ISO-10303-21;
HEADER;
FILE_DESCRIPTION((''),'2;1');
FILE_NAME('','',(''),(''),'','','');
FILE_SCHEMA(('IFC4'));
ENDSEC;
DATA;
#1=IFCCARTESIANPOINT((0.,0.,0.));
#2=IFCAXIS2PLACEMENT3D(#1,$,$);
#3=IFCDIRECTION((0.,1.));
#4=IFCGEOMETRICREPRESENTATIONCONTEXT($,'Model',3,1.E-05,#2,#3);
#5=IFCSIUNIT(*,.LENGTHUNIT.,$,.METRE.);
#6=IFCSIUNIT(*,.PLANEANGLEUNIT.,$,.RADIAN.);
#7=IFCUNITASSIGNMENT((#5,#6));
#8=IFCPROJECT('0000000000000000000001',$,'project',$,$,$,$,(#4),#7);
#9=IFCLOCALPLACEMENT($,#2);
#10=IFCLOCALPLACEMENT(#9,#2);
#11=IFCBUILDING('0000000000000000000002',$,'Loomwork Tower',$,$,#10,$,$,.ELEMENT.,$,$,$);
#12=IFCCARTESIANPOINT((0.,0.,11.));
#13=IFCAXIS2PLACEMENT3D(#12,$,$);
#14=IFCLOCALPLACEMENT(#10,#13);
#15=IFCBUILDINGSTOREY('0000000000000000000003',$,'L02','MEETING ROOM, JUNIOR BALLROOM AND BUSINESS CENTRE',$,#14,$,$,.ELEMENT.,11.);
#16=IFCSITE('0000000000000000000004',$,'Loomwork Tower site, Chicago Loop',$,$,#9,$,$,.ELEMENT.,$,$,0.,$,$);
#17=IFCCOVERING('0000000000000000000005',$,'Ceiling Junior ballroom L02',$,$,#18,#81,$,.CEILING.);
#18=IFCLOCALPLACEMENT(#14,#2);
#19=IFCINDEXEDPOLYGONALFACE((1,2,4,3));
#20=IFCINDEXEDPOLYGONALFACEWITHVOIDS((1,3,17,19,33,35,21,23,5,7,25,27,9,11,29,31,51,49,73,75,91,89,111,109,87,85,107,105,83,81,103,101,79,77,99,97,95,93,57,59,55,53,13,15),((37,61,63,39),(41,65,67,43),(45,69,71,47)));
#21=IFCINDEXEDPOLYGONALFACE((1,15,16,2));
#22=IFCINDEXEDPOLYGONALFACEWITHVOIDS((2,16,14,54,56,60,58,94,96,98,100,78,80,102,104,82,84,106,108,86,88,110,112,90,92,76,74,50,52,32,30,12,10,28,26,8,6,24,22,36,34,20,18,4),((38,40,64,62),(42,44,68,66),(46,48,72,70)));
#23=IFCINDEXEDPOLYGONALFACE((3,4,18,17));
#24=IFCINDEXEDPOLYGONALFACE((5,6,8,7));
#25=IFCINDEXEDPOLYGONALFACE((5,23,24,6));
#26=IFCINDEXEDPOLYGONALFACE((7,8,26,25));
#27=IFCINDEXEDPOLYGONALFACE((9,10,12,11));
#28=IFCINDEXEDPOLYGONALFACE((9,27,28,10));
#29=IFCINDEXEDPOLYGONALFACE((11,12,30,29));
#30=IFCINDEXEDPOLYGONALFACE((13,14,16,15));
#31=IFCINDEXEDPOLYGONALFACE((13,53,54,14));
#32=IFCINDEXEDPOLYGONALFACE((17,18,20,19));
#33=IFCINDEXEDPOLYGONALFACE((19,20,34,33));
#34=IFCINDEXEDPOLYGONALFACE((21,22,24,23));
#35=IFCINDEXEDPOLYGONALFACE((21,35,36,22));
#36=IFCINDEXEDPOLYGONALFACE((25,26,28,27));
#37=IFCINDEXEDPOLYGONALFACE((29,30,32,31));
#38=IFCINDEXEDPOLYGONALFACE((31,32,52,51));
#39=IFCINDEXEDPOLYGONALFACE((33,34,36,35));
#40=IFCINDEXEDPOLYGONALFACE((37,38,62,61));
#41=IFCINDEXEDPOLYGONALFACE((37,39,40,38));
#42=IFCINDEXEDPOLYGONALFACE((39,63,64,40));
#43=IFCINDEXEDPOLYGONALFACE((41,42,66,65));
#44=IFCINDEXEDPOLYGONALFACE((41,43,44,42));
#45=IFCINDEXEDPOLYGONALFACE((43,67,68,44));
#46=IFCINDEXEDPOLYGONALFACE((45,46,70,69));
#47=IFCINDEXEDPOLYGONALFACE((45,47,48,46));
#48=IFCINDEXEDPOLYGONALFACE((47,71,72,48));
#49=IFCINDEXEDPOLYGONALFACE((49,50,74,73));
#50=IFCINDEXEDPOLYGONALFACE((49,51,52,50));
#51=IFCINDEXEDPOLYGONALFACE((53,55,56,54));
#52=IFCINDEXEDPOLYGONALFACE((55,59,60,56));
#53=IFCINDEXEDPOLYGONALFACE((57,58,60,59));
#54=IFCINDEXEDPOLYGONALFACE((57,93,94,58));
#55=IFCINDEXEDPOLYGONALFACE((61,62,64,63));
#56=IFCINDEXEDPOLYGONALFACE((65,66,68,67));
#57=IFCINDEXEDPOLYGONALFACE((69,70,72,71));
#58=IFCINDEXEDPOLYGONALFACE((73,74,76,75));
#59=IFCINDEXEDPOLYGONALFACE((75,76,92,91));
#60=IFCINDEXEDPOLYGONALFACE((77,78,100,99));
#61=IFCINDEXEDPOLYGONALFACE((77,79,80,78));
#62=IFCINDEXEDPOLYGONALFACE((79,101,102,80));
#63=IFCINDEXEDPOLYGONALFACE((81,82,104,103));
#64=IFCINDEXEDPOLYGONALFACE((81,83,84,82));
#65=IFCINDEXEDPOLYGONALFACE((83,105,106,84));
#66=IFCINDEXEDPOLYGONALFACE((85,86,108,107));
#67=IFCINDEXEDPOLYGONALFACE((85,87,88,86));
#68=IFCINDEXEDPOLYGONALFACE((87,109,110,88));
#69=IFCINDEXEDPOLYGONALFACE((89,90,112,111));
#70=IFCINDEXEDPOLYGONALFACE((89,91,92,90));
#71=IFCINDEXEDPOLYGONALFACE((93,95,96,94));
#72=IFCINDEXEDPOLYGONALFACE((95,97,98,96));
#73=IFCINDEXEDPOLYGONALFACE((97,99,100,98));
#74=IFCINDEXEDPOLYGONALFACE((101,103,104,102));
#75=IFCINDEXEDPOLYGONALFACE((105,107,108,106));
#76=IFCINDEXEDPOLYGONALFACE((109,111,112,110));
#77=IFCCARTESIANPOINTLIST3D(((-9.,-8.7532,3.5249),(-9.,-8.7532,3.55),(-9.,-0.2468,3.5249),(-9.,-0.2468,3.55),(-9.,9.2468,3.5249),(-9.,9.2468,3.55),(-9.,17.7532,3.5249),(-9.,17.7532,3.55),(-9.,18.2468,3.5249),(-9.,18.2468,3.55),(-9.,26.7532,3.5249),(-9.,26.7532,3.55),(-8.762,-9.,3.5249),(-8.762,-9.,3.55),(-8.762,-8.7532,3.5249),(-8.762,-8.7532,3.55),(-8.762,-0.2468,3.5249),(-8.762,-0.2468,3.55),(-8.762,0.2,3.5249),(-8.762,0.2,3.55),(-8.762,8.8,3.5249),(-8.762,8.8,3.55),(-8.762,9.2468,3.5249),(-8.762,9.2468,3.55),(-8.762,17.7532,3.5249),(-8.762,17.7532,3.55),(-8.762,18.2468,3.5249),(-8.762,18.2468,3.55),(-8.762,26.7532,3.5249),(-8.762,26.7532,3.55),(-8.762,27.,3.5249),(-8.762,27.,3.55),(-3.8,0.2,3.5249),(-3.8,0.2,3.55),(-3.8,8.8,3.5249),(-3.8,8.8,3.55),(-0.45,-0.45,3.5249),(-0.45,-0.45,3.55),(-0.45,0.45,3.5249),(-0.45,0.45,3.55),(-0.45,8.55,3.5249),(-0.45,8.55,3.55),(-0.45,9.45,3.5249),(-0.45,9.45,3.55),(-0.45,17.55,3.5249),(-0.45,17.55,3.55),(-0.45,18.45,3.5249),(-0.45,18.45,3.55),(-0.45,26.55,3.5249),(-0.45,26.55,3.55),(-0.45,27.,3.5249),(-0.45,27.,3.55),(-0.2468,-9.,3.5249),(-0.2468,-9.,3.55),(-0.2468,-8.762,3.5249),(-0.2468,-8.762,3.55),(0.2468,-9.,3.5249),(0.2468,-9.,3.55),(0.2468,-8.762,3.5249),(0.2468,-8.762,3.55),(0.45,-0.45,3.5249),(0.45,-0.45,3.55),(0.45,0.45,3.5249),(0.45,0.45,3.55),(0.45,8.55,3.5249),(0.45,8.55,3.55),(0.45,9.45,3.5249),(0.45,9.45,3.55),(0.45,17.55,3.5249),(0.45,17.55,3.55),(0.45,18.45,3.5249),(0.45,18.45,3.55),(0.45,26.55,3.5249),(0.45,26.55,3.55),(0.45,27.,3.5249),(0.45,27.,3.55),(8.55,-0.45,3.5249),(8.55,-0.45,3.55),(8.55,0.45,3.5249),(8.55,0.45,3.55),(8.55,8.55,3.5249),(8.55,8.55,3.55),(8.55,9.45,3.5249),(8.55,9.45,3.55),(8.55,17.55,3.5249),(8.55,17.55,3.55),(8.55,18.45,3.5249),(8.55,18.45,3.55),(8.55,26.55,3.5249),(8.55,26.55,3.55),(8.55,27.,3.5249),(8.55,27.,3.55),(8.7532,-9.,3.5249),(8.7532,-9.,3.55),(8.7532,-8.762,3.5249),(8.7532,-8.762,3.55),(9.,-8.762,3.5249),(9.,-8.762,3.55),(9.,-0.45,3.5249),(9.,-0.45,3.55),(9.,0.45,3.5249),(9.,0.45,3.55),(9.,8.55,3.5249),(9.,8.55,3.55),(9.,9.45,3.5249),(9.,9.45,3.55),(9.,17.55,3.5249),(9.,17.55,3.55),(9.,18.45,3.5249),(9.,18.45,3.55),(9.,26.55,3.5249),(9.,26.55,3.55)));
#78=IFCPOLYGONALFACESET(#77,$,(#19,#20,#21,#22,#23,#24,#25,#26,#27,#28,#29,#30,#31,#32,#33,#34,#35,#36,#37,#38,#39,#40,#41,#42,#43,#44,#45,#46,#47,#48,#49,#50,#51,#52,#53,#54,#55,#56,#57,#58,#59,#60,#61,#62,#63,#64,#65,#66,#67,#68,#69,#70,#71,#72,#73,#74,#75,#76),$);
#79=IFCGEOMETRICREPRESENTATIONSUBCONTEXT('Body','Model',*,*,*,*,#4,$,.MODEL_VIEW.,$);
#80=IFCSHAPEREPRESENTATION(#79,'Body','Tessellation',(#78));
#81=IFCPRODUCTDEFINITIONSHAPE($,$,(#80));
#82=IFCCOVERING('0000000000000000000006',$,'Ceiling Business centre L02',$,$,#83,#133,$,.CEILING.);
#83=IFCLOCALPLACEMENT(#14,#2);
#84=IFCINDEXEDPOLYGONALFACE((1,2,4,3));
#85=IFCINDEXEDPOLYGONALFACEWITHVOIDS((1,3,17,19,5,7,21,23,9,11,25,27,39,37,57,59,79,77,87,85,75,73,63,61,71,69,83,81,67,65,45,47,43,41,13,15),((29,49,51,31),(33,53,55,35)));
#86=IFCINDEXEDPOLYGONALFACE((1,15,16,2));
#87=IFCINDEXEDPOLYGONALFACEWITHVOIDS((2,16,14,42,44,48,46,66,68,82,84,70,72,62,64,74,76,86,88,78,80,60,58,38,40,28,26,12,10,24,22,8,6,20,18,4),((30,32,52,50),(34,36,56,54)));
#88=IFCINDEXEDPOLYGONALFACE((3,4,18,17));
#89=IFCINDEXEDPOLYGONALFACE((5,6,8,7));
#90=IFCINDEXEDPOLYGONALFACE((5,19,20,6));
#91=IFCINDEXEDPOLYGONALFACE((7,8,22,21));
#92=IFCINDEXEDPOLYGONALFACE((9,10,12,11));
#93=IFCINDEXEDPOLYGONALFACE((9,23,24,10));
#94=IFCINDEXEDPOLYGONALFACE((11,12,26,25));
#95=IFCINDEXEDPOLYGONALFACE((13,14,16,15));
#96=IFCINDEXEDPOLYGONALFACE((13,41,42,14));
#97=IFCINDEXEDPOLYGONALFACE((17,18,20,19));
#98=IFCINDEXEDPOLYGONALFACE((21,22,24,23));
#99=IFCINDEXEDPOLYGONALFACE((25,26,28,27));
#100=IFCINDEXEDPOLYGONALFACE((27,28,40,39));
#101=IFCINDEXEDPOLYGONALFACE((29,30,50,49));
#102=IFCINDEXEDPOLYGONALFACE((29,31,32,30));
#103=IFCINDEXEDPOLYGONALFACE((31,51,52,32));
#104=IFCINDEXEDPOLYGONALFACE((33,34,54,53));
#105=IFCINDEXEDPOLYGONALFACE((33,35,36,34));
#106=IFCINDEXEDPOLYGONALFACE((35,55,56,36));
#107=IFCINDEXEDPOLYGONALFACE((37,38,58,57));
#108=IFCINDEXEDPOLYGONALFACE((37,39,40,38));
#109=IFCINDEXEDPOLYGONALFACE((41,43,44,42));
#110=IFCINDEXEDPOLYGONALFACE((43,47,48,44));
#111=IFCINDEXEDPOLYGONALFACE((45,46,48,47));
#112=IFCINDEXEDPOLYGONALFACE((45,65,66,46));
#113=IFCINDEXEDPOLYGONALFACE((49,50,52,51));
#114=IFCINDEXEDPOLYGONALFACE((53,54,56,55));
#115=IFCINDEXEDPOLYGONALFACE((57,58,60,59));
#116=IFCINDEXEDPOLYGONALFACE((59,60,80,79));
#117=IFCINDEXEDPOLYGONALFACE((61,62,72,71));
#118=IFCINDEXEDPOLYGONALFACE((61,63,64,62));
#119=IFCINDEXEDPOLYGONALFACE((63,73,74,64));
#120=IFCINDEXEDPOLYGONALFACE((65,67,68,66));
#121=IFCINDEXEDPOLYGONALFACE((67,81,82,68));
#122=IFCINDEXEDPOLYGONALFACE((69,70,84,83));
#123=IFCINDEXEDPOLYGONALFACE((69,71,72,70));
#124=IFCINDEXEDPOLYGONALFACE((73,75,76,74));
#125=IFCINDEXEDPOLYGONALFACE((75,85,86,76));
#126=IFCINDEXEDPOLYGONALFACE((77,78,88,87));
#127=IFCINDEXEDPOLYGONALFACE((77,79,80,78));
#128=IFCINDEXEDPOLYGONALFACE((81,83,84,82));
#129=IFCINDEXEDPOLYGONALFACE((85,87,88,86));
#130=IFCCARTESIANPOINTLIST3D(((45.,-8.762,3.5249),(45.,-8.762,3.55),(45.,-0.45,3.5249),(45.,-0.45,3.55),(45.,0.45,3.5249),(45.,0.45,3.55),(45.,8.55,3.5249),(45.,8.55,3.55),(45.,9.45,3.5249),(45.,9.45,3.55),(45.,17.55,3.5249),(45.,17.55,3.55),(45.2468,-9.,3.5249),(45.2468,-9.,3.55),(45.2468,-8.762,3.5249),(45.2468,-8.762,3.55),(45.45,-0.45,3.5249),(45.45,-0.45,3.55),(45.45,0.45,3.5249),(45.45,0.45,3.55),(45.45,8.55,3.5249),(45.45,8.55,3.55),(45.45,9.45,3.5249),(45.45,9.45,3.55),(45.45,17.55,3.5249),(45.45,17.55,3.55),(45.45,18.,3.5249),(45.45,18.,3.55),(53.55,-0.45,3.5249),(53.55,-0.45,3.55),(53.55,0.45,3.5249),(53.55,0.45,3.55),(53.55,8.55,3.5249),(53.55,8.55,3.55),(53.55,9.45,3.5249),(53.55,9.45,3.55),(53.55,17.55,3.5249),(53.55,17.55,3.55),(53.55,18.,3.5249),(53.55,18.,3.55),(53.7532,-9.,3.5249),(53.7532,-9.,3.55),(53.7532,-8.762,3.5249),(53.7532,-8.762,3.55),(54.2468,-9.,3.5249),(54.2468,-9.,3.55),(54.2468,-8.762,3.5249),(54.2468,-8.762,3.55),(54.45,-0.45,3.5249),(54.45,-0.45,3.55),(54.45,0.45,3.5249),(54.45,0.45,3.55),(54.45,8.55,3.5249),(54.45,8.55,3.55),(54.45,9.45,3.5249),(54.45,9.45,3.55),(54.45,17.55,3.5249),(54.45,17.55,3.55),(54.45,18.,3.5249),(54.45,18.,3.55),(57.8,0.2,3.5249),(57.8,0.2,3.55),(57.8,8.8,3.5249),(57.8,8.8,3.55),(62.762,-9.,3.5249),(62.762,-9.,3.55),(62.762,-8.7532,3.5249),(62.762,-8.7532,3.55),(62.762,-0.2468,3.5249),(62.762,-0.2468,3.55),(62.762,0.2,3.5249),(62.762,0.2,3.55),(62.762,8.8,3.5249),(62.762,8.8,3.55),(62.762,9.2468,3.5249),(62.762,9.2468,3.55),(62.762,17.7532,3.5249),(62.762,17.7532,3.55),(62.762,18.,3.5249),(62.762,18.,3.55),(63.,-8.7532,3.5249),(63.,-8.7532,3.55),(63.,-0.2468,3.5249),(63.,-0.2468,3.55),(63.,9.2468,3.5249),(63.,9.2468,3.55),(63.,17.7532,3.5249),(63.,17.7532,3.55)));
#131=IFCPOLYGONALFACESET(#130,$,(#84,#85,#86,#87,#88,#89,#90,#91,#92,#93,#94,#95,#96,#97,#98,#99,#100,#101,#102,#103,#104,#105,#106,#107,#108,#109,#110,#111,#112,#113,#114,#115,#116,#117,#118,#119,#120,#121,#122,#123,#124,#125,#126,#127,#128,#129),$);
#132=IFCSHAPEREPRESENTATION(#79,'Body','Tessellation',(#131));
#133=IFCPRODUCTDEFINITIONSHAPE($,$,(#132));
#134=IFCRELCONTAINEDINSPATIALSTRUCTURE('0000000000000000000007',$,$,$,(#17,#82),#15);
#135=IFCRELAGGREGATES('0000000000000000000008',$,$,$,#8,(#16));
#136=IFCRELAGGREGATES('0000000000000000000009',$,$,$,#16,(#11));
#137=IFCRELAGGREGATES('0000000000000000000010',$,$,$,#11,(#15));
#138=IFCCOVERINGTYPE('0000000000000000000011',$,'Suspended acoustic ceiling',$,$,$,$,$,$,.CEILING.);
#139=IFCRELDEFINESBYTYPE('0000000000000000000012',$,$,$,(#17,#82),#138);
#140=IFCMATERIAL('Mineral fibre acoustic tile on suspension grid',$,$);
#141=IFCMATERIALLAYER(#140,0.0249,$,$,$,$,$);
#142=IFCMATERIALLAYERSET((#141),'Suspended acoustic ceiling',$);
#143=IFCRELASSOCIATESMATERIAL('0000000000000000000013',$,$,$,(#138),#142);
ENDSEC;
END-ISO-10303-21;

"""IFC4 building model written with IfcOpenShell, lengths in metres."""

from ifc_helpers import new_model, si_unit, direction, frame, origin, place, context, subcontext, project, spatial, polyline, outline, extrude, material, layer, layer_set, type_object, element, save


model = new_model("IFC4")

# Units and contexts
model_context = context("Model", 3, precision=1e-05, world=origin(), true_north=direction((0.0, 1.0)))
body_context = subcontext(model_context, "Body", "Model", "MODEL_VIEW")
ifc_project = project(units=[si_unit("LENGTHUNIT", "METRE"), si_unit("PLANEANGLEUNIT", "RADIAN")], contexts=[model_context])

# Site, building, storey
site_placement = place(None, origin())
site = spatial("IfcSite", under=ifc_project, at=site_placement, Name="Loomwork Tower site, Chicago Loop", CompositionType="ELEMENT", RefElevation=0.0)
building_placement = place(site_placement, origin())
building = spatial("IfcBuilding", under=site, at=building_placement, Name="Loomwork Tower", CompositionType="ELEMENT")
storey_placement = place(building_placement, frame((0.0, 0.0, 11.0)))
storey = spatial("IfcBuildingStorey", under=building, at=storey_placement, Name="L02", Description="MEETING ROOM, JUNIOR BALLROOM AND BUSINESS CENTRE", CompositionType="ELEMENT", Elevation=11.0)

# Coverings
ifc_material_1 = material(Name="Mineral fibre acoustic tile on suspension grid")
ifc_layer_1 = layer(ifc_material_1, 0.0249)
ifc_layer_set_1 = layer_set([ifc_layer_1], Name="Suspended acoustic ceiling")
covering_type_1 = type_object("IfcCoveringType", Name="Suspended acoustic ceiling", PredefinedType="CEILING", material=ifc_layer_set_1)
covering_1_placement = place(storey_placement, frame((0.0, 0.0, 3.5249)))
element("IfcCovering", 1, at=covering_1_placement, inside=storey, type_object=covering_type_1, Name="Ceiling Junior ballroom L02", PredefinedType="CEILING", context=body_context, shape_type="SweptSolid", body=[
    extrude(outline(polyline([(-3.8, 0.2), (-3.8, 8.8), (-8.762, 8.8), (-8.762, 9.2468), (-9.0, 9.2468), (-9.0, 17.7532), (-8.762, 17.7532), (-8.762, 18.2468), (-9.0, 18.2468), (-9.0, 26.7532), (-8.762, 26.7532), (-8.762, 27.0), (-0.45, 27.0), (-0.45, 26.55), (0.45, 26.55), (0.45, 27.0), (8.55, 27.0), (8.55, 26.55), (9.0, 26.55), (9.0, 18.45), (8.55, 18.45), (8.55, 17.55), (9.0, 17.55), (9.0, 9.45), (8.55, 9.45), (8.55, 8.55), (9.0, 8.55), (9.0, 0.45), (8.55, 0.45), (8.55, -0.45), (9.0, -0.45), (9.0, -8.762), (8.7532, -8.762), (8.7532, -9.0), (0.2468, -9.0), (0.2468, -8.762), (-0.2468, -8.762), (-0.2468, -9.0), (-8.762, -9.0), (-8.762, -8.7532), (-9.0, -8.7532), (-9.0, -0.2468), (-8.762, -0.2468), (-8.762, 0.2), (-3.8, 0.2)]), holes=[polyline([(-0.45, -0.45), (0.45, -0.45), (0.45, 0.45), (-0.45, 0.45), (-0.45, -0.45)]), polyline([(-0.45, 8.55), (0.45, 8.55), (0.45, 9.45), (-0.45, 9.45), (-0.45, 8.55)]), polyline([(-0.45, 17.55), (0.45, 17.55), (0.45, 18.45), (-0.45, 18.45), (-0.45, 17.55)])]), origin(), (0.0, 0.0, 1.0), 0.0251),
])
covering_2_placement = place(storey_placement, frame((0.0, 0.0, 3.5249)))
element("IfcCovering", 2, at=covering_2_placement, inside=storey, type_object=covering_type_1, Name="Ceiling Business centre L02", PredefinedType="CEILING", context=body_context, shape_type="SweptSolid", body=[
    extrude(outline(polyline([(53.55, 18.0), (53.55, 17.55), (54.45, 17.55), (54.45, 18.0), (62.762, 18.0), (62.762, 17.7532), (63.0, 17.7532), (63.0, 9.2468), (62.762, 9.2468), (62.762, 8.8), (57.8, 8.8), (57.8, 0.2), (62.762, 0.2), (62.762, -0.2468), (63.0, -0.2468), (63.0, -8.7532), (62.762, -8.7532), (62.762, -9.0), (54.2468, -9.0), (54.2468, -8.762), (53.7532, -8.762), (53.7532, -9.0), (45.2468, -9.0), (45.2468, -8.762), (45.0, -8.762), (45.0, -0.45), (45.45, -0.45), (45.45, 0.45), (45.0, 0.45), (45.0, 8.55), (45.45, 8.55), (45.45, 9.45), (45.0, 9.45), (45.0, 17.55), (45.45, 17.55), (45.45, 18.0), (53.55, 18.0)]), holes=[polyline([(53.55, 0.45), (53.55, -0.45), (54.45, -0.45), (54.45, 0.45), (53.55, 0.45)]), polyline([(53.55, 8.55), (54.45, 8.55), (54.45, 9.45), (53.55, 9.45), (53.55, 8.55)])]), origin(), (0.0, 0.0, 1.0), 0.0251),
])

save(model, "model.ifc")
